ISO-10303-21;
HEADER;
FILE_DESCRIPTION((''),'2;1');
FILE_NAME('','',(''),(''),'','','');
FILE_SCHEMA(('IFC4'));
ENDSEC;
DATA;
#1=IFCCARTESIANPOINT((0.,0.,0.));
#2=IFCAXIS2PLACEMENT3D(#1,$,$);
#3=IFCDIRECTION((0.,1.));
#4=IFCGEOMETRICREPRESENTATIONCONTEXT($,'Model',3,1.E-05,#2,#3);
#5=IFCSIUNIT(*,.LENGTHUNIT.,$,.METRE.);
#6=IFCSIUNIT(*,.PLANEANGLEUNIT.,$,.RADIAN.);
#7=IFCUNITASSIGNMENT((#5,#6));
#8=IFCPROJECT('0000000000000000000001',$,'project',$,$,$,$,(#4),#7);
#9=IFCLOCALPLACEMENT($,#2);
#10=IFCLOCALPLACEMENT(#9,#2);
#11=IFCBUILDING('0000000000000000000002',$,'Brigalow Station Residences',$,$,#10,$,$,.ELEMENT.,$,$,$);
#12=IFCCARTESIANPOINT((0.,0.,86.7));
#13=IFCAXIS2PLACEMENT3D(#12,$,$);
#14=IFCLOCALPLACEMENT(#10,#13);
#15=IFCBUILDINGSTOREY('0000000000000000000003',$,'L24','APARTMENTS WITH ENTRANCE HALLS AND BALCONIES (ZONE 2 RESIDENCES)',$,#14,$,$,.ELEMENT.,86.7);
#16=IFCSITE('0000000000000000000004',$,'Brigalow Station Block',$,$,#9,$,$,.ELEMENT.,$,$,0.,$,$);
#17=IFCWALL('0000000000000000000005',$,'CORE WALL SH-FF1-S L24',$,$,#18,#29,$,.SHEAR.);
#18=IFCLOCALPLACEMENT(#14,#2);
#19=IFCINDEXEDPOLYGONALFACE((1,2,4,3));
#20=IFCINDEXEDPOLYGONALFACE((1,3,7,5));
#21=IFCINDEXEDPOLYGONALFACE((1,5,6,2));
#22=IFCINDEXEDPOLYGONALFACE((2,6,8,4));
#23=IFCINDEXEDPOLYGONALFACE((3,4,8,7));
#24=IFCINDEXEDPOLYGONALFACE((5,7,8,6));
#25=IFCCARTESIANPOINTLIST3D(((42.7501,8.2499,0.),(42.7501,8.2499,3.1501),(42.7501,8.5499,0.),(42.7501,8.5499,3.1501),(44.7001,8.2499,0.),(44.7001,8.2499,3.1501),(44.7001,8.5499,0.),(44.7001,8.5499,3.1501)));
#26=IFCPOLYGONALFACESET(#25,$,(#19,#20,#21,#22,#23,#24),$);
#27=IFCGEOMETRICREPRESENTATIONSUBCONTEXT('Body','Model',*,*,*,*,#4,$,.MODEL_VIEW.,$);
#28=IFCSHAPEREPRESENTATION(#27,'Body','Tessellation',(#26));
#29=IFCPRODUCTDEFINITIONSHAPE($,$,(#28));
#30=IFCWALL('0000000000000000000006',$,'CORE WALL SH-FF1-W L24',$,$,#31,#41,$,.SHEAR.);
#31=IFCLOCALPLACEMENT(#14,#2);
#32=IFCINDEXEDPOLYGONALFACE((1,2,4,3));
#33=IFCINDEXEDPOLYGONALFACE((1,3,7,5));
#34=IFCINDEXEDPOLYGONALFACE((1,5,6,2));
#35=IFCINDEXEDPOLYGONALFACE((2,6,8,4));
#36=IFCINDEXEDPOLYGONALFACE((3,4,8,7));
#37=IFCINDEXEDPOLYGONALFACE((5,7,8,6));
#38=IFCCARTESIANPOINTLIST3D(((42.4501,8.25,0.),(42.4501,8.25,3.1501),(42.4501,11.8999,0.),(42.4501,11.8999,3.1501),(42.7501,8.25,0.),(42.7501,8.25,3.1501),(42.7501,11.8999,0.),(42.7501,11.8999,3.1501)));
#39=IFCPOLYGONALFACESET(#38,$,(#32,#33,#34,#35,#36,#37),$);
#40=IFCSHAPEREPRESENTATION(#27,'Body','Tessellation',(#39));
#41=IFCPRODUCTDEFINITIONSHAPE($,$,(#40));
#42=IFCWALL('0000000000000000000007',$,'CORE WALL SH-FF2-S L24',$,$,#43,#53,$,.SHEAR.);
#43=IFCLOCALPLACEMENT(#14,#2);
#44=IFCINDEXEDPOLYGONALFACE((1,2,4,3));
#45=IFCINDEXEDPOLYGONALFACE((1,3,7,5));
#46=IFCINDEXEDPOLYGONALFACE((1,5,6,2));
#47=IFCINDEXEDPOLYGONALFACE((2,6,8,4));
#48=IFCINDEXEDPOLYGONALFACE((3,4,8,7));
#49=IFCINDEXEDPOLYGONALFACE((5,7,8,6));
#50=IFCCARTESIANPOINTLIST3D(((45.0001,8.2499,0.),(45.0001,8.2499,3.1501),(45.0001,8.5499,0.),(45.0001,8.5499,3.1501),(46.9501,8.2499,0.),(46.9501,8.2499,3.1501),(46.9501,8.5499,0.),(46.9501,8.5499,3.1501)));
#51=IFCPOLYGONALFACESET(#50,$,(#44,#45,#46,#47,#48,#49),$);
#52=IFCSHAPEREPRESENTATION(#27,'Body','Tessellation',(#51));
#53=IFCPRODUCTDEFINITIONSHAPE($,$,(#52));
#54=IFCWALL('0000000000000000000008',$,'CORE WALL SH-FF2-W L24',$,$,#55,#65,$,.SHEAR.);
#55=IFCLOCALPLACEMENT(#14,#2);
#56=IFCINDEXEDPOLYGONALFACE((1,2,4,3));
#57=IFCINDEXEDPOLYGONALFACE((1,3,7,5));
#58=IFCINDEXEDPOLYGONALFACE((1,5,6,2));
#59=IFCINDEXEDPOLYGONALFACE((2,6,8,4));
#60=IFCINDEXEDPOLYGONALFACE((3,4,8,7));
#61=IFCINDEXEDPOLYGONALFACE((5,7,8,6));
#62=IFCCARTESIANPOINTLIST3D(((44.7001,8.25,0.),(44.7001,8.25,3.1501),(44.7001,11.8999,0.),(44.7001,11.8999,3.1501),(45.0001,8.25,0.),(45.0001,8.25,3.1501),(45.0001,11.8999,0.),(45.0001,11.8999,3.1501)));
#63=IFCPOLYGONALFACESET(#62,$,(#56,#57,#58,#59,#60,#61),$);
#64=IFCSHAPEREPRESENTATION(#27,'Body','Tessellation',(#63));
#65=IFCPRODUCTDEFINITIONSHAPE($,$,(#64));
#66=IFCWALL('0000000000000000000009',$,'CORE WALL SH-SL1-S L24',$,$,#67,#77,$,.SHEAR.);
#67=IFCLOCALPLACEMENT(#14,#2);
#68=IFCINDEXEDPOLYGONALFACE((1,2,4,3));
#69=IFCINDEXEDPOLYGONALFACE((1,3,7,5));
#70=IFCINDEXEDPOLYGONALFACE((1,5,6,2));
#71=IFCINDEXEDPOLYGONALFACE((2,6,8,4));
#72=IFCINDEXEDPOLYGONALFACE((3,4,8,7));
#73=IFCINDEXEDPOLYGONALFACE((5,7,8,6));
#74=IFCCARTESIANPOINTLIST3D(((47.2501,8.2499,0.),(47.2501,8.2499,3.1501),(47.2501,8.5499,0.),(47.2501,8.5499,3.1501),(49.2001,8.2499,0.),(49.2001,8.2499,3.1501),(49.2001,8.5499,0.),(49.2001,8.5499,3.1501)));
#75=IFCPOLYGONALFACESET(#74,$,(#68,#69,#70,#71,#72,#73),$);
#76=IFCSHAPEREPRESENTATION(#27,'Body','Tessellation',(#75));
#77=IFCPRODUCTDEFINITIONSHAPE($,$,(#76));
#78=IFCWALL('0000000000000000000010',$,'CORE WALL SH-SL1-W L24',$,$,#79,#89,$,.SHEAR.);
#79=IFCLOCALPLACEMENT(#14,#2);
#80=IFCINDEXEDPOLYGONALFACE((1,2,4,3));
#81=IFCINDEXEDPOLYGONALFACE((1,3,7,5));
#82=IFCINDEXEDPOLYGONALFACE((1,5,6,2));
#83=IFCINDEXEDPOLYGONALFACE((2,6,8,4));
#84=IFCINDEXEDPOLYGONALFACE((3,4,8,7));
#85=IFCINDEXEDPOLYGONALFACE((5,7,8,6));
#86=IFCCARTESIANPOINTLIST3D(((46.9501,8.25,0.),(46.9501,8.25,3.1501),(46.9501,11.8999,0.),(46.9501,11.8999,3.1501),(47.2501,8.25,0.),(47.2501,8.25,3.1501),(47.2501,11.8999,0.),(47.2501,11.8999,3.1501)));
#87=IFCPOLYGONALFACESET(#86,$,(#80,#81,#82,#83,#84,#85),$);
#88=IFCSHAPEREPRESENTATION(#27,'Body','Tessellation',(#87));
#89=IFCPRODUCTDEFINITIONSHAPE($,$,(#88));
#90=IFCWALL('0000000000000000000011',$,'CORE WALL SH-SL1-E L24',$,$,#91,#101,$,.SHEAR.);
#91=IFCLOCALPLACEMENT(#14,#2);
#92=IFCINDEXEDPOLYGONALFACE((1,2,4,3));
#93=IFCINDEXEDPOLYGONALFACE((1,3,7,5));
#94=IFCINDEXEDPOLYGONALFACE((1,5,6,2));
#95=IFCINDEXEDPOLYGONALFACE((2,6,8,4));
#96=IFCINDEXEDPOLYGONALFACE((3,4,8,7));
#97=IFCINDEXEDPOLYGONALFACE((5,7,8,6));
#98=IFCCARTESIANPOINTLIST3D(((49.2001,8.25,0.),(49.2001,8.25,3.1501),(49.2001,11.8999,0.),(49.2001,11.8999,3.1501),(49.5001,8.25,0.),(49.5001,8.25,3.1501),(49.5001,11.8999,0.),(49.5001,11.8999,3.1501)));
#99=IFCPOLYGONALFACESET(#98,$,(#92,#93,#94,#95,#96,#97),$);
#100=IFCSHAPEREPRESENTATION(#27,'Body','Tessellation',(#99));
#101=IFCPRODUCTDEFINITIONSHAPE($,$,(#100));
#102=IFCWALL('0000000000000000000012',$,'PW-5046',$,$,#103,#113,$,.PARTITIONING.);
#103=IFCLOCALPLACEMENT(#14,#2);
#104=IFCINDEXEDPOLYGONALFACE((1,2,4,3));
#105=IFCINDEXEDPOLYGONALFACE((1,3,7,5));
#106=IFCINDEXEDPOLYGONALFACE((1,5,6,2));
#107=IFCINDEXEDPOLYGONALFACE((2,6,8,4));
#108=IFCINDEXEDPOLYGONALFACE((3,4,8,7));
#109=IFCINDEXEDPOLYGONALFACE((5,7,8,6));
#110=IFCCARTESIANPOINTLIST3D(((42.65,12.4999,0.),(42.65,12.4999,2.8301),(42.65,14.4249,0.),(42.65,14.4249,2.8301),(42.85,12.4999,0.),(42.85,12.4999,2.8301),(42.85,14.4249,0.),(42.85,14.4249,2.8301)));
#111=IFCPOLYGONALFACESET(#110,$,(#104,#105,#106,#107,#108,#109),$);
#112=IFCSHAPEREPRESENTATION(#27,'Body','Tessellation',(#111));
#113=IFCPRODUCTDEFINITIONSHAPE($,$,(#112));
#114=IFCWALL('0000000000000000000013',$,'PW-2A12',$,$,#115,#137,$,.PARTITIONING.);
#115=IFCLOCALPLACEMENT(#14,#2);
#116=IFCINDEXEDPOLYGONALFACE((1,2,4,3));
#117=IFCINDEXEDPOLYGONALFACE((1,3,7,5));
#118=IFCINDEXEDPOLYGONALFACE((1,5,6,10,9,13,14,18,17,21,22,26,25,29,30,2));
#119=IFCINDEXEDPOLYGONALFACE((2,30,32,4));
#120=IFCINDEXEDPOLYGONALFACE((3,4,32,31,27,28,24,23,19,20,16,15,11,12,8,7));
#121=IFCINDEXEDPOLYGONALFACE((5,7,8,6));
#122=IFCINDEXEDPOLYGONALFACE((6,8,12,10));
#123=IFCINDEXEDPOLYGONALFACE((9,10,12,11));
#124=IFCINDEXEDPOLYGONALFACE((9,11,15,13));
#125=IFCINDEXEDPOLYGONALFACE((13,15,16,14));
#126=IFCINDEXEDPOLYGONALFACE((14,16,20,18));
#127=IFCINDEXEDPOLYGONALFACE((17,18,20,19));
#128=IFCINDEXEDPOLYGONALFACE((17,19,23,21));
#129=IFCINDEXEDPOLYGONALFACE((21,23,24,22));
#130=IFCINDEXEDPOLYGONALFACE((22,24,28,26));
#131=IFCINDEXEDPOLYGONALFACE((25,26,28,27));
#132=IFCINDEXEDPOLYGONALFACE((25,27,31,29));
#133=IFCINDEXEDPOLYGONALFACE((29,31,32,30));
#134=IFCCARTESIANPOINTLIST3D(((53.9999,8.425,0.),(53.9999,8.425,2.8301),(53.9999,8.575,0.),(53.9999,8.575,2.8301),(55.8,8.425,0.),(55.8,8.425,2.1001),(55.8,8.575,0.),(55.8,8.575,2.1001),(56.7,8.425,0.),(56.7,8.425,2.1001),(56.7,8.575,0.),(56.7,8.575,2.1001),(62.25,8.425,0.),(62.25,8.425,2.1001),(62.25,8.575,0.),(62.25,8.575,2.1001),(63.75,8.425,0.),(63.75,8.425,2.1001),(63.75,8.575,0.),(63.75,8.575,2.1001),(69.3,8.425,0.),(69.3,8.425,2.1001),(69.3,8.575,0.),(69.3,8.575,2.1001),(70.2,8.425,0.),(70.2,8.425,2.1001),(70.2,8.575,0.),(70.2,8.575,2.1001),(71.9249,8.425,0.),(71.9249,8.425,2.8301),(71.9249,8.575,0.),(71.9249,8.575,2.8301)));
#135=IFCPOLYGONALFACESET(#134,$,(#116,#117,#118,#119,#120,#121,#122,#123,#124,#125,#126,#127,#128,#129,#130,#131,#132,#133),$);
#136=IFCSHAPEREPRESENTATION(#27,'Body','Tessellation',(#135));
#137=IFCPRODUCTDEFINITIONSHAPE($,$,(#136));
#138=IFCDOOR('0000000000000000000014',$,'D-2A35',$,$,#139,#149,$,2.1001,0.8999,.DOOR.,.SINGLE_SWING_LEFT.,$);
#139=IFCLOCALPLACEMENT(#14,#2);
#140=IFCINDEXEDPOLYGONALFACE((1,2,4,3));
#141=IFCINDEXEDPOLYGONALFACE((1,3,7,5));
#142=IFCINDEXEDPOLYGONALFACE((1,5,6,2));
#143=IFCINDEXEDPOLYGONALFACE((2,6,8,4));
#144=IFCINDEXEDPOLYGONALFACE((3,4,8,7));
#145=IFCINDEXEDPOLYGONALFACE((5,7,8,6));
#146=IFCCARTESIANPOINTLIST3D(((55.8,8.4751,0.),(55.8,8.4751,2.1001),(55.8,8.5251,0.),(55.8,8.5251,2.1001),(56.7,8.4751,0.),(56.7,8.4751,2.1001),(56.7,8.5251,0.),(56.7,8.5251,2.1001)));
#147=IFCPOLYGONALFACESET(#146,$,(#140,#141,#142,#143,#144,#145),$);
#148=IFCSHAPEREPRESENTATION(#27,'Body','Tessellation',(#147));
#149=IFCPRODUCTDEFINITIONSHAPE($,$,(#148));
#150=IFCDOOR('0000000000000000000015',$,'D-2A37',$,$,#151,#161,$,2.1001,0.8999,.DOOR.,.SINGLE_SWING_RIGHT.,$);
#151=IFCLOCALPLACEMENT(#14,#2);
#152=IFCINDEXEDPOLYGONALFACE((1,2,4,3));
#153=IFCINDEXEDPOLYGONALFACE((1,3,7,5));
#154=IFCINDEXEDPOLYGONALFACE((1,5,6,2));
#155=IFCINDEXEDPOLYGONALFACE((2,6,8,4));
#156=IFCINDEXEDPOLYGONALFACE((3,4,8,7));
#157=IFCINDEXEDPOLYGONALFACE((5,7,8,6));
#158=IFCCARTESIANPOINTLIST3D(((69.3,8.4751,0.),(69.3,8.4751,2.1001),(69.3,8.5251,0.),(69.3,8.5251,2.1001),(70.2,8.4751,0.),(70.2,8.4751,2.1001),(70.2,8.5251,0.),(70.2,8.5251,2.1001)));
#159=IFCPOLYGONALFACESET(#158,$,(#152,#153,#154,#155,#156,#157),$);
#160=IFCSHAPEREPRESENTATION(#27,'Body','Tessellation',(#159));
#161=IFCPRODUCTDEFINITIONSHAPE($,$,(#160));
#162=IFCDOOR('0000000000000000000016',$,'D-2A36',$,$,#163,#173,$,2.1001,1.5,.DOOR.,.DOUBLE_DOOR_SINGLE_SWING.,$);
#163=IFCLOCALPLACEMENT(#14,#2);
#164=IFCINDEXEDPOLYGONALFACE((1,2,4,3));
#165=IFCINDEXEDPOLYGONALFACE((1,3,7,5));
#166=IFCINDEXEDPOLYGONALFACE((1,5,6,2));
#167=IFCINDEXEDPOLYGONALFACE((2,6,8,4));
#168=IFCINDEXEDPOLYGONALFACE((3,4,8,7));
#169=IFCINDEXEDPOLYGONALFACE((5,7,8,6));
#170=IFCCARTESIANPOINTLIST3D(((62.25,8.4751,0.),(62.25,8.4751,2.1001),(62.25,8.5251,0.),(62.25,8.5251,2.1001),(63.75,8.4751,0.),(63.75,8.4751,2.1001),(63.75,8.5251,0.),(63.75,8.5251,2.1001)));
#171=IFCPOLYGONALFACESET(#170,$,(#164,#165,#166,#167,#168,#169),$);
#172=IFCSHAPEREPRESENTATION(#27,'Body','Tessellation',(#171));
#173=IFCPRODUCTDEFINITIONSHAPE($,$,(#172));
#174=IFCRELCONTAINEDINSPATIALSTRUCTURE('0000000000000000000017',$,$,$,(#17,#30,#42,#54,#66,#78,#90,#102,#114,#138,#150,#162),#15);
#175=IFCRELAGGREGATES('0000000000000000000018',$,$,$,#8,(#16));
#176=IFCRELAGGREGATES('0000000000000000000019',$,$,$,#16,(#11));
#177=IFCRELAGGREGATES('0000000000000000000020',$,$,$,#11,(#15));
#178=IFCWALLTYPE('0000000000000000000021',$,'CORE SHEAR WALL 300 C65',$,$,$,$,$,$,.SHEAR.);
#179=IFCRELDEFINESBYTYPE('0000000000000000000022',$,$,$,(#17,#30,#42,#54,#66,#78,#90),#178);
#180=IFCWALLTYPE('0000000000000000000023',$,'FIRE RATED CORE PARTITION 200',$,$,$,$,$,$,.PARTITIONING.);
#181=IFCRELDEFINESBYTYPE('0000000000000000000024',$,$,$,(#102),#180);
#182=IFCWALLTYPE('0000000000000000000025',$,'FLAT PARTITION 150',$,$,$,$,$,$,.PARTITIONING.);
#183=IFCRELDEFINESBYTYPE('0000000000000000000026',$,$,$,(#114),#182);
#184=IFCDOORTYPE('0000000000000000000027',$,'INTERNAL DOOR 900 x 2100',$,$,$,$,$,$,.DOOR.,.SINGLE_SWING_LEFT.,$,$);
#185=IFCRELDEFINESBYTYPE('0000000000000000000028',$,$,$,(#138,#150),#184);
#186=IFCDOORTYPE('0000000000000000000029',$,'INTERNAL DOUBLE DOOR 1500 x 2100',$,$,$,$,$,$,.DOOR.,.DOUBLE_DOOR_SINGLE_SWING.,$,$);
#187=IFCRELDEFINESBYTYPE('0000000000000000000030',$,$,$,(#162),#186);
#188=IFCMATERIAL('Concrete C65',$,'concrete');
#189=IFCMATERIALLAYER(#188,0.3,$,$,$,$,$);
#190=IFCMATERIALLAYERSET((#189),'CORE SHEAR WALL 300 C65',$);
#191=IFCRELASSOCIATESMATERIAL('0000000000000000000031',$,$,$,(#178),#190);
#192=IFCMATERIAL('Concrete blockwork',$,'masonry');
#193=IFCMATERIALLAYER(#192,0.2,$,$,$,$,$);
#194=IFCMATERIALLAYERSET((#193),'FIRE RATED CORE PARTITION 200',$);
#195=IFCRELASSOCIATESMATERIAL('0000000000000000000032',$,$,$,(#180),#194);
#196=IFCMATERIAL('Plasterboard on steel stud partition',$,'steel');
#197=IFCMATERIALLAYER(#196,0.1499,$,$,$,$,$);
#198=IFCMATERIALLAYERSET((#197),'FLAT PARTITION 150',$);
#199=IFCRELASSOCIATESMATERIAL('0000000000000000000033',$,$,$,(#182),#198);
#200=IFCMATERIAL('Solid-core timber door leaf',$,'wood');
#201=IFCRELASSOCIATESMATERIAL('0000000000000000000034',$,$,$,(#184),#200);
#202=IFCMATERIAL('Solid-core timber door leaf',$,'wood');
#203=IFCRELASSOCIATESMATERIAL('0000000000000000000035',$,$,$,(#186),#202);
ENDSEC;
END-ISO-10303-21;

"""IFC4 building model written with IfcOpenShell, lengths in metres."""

from ifc_helpers import new_model, si_unit, direction, frame, frame_2d, origin, place, context, subcontext, project, spatial, rectangle, extrude, material, layer, layer_set, type_object, element, fill, save


model = new_model("IFC4")

# Units and contexts
model_context = context("Model", 3, precision=1e-05, world=origin(), true_north=direction((0.0, 1.0)))
body_context = subcontext(model_context, "Body", "Model", "MODEL_VIEW")
ifc_project = project(units=[si_unit("LENGTHUNIT", "METRE"), si_unit("PLANEANGLEUNIT", "RADIAN")], contexts=[model_context])

# Site, building, storey
site_placement = place(None, origin())
site = spatial("IfcSite", under=ifc_project, at=site_placement, Name="Brigalow Station Block", CompositionType="ELEMENT", RefElevation=0.0)
building_placement = place(site_placement, origin())
building = spatial("IfcBuilding", under=site, at=building_placement, Name="Brigalow Station Residences", CompositionType="ELEMENT")
storey_placement = place(building_placement, frame((0.0, 0.0, 86.7)))
storey = spatial("IfcBuildingStorey", under=building, at=storey_placement, Name="L24", Description="APARTMENTS WITH ENTRANCE HALLS AND BALCONIES (ZONE 2 RESIDENCES)", CompositionType="ELEMENT", Elevation=86.7)

# Walls
ifc_material_1 = material(Name="Concrete C65", Category="concrete")
ifc_layer_1 = layer(ifc_material_1, 0.3)
ifc_layer_set_1 = layer_set([ifc_layer_1], Name="CORE SHEAR WALL 300 C65")
wall_type_1 = type_object("IfcWallType", Name="CORE SHEAR WALL 300 C65", PredefinedType="SHEAR", material=ifc_layer_set_1)
wall_1_placement = place(storey_placement, frame((42.75, 8.3999, 0.0), z_axis=(0.0, 0.0, 1.0), x_axis=(1.0, 0.0, 0.0)))
element("IfcWall", 1, at=wall_1_placement, inside=storey, type_object=wall_type_1, Name="CORE WALL SH-FF1-S L24", PredefinedType="SHEAR", context=body_context, shape_type="SweptSolid", body=[
    extrude(rectangle(XDim=1.95, YDim=0.3, at=frame_2d((0.9751, 0.0))), origin(), (0.0, 0.0, 1.0), 3.1501),
])
wall_2_placement = place(storey_placement, frame((42.6001, 8.25, 0.0), z_axis=(0.0, 0.0, 1.0), x_axis=(0.0, 1.0, 0.0)))
element("IfcWall", 2, at=wall_2_placement, inside=storey, type_object=wall_type_1, Name="CORE WALL SH-FF1-W L24", PredefinedType="SHEAR", context=body_context, shape_type="SweptSolid", body=[
    extrude(rectangle(XDim=3.6499, YDim=0.3, at=frame_2d((1.825, 0.0))), origin(), (0.0, 0.0, 1.0), 3.1501),
])
wall_3_placement = place(storey_placement, frame((45.0, 8.3999, 0.0), z_axis=(0.0, 0.0, 1.0), x_axis=(1.0, 0.0, 0.0)))
element("IfcWall", 3, at=wall_3_placement, inside=storey, type_object=wall_type_1, Name="CORE WALL SH-FF2-S L24", PredefinedType="SHEAR", context=body_context, shape_type="SweptSolid", body=[
    extrude(rectangle(XDim=1.95, YDim=0.3, at=frame_2d((0.9751, 0.0))), origin(), (0.0, 0.0, 1.0), 3.1501),
])
wall_4_placement = place(storey_placement, frame((44.8501, 8.25, 0.0), z_axis=(0.0, 0.0, 1.0), x_axis=(0.0, 1.0, 0.0)))
element("IfcWall", 4, at=wall_4_placement, inside=storey, type_object=wall_type_1, Name="CORE WALL SH-FF2-W L24", PredefinedType="SHEAR", context=body_context, shape_type="SweptSolid", body=[
    extrude(rectangle(XDim=3.6499, YDim=0.3, at=frame_2d((1.825, 0.0))), origin(), (0.0, 0.0, 1.0), 3.1501),
])
wall_5_placement = place(storey_placement, frame((47.25, 8.3999, 0.0), z_axis=(0.0, 0.0, 1.0), x_axis=(1.0, 0.0, 0.0)))
element("IfcWall", 5, at=wall_5_placement, inside=storey, type_object=wall_type_1, Name="CORE WALL SH-SL1-S L24", PredefinedType="SHEAR", context=body_context, shape_type="SweptSolid", body=[
    extrude(rectangle(XDim=1.95, YDim=0.3, at=frame_2d((0.9751, 0.0))), origin(), (0.0, 0.0, 1.0), 3.1501),
])
for number, where, z_axis, x_axis, name in (
    (6, (47.1001, 8.25, 0.0), (0.0, 0.0, 1.0), (0.0, 1.0, 0.0), "CORE WALL SH-SL1-W L24"),
    (7, (49.3501, 8.25, 0.0), (0.0, 0.0, 1.0), (0.0, 1.0, 0.0), "CORE WALL SH-SL1-E L24"),
):
    element("IfcWall", number, at=place(storey_placement, frame(where, z_axis=z_axis, x_axis=x_axis)), inside=storey, type_object=wall_type_1, Name=name, PredefinedType="SHEAR", context=body_context, shape_type="SweptSolid", body=[
        extrude(rectangle(XDim=3.6499, YDim=0.3, at=frame_2d((1.825, 0.0))), origin(), (0.0, 0.0, 1.0), 3.1501),
    ])
ifc_material_2 = material(Name="Concrete blockwork", Category="masonry")
ifc_layer_2 = layer(ifc_material_2, 0.2)
ifc_layer_set_2 = layer_set([ifc_layer_2], Name="FIRE RATED CORE PARTITION 200")
wall_type_2 = type_object("IfcWallType", Name="FIRE RATED CORE PARTITION 200", PredefinedType="PARTITIONING", material=ifc_layer_set_2)
wall_6_placement = place(storey_placement, frame((42.75, 12.5, 0.0), z_axis=(0.0, 0.0, 1.0), x_axis=(0.0, 1.0, 0.0)))
element("IfcWall", 8, at=wall_6_placement, inside=storey, type_object=wall_type_2, Name="PW-5046", PredefinedType="PARTITIONING", context=body_context, shape_type="SweptSolid", body=[
    extrude(rectangle(XDim=1.925, YDim=0.2, at=frame_2d((0.9624, 0.0))), origin(), (0.0, 0.0, 1.0), 2.8301),
])

# Wall, openings, doors
ifc_material_3 = material(Name="Plasterboard on steel stud partition", Category="steel")
ifc_layer_3 = layer(ifc_material_3, 0.1499)
ifc_layer_set_3 = layer_set([ifc_layer_3], Name="FLAT PARTITION 150")
wall_type_3 = type_object("IfcWallType", Name="FLAT PARTITION 150", PredefinedType="PARTITIONING", material=ifc_layer_set_3)
wall_7_placement = place(storey_placement, frame((54.0, 8.5, 0.0), z_axis=(0.0, 0.0, 1.0), x_axis=(1.0, 0.0, 0.0)))
wall_7 = element("IfcWall", 9, at=wall_7_placement, inside=storey, type_object=wall_type_3, Name="PW-2A12", PredefinedType="PARTITIONING", context=body_context, shape_type="SweptSolid", body=[
    extrude(rectangle(XDim=17.925, YDim=0.1499, at=frame_2d((8.9624, 0.0))), origin(), (0.0, 0.0, 1.0), 2.8301),
])
opening_1_placement = place(wall_7_placement, frame((1.8, 0.0, 0.0)))
opening_1 = element("IfcOpeningElement", 10, at=opening_1_placement, cuts=wall_7, PredefinedType="OPENING", context=body_context, shape_type="SweptSolid", body=[
    extrude(rectangle(XDim=0.8999, YDim=2.1001, at=frame_2d((0.45, 1.05))), frame((0.0, 0.085, 0.0), z_axis=(0.0, -1.0, 0.0), x_axis=(1.0, 0.0, 0.0)), (0.0, 0.0, 1.0), 0.1699),
])
opening_2_placement = place(wall_7_placement, frame((8.25, 0.0, 0.0)))
opening_2 = element("IfcOpeningElement", 11, at=opening_2_placement, cuts=wall_7, PredefinedType="OPENING", context=body_context, shape_type="SweptSolid", body=[
    extrude(rectangle(XDim=1.5, YDim=2.1001, at=frame_2d((0.75, 1.05))), frame((0.0, 0.085, 0.0), z_axis=(0.0, -1.0, 0.0), x_axis=(1.0, 0.0, 0.0)), (0.0, 0.0, 1.0), 0.1699),
])
opening_3_placement = place(wall_7_placement, frame((15.3, 0.0, 0.0)))
opening_3 = element("IfcOpeningElement", 12, at=opening_3_placement, cuts=wall_7, PredefinedType="OPENING", context=body_context, shape_type="SweptSolid", body=[
    extrude(rectangle(XDim=0.8999, YDim=2.1001, at=frame_2d((0.45, 1.05))), frame((0.0, 0.085, 0.0), z_axis=(0.0, -1.0, 0.0), x_axis=(1.0, 0.0, 0.0)), (0.0, 0.0, 1.0), 0.1699),
])
ifc_material_4 = material(Name="Solid-core timber door leaf", Category="wood")
door_type_1 = type_object("IfcDoorType", Name="INTERNAL DOOR 900 x 2100", OperationType="SINGLE_SWING_LEFT", PredefinedType="DOOR", material=ifc_material_4)
door_1_placement = place(opening_1_placement, frame((0.8999, 0.0, 0.0), z_axis=(0.0, 0.0, 1.0), x_axis=(-1.0, 0.0, 0.0)))
door_1 = element("IfcDoor", 13, at=door_1_placement, inside=storey, type_object=door_type_1, Name="D-2A35", OperationType="SINGLE_SWING_LEFT", OverallHeight=2.1001, OverallWidth=0.8999, PredefinedType="DOOR", context=body_context, shape_type="SweptSolid", body=[
    extrude(rectangle(XDim=0.8999, YDim=2.1001, at=frame_2d((0.45, 1.05))), frame((0.0, 0.0249, 0.0), z_axis=(0.0, -1.0, 0.0), x_axis=(1.0, 0.0, 0.0)), (0.0, 0.0, 1.0), 0.05),
])
fill(opening_1, door_1)
door_2_placement = place(opening_3_placement, frame((0.8999, 0.0, 0.0), z_axis=(0.0, 0.0, 1.0), x_axis=(-1.0, 0.0, 0.0)))
door_2 = element("IfcDoor", 14, at=door_2_placement, inside=storey, type_object=door_type_1, Name="D-2A37", OperationType="SINGLE_SWING_RIGHT", OverallHeight=2.1001, OverallWidth=0.8999, PredefinedType="DOOR", context=body_context, shape_type="SweptSolid", body=[
    extrude(rectangle(XDim=0.8999, YDim=2.1001, at=frame_2d((0.45, 1.05))), frame((0.0, 0.0249, 0.0), z_axis=(0.0, -1.0, 0.0), x_axis=(1.0, 0.0, 0.0)), (0.0, 0.0, 1.0), 0.05),
])
fill(opening_3, door_2)
ifc_material_5 = material(Name="Solid-core timber door leaf", Category="wood")
door_type_2 = type_object("IfcDoorType", Name="INTERNAL DOUBLE DOOR 1500 x 2100", OperationType="DOUBLE_DOOR_SINGLE_SWING", PredefinedType="DOOR", material=ifc_material_5)
door_3_placement = place(opening_2_placement, frame((1.5, 0.0, 0.0), z_axis=(0.0, 0.0, 1.0), x_axis=(-1.0, 0.0, 0.0)))
door_3 = element("IfcDoor", 15, at=door_3_placement, inside=storey, type_object=door_type_2, Name="D-2A36", OperationType="DOUBLE_DOOR_SINGLE_SWING", OverallHeight=2.1001, OverallWidth=1.5, PredefinedType="DOOR", context=body_context, shape_type="SweptSolid", body=[
    extrude(rectangle(XDim=1.5, YDim=2.1001, at=frame_2d((0.75, 1.05))), frame((0.0, 0.0249, 0.0), z_axis=(0.0, -1.0, 0.0), x_axis=(1.0, 0.0, 0.0)), (0.0, 0.0, 1.0), 0.05),
])
fill(opening_2, door_3)

save(model, "model.ifc")
